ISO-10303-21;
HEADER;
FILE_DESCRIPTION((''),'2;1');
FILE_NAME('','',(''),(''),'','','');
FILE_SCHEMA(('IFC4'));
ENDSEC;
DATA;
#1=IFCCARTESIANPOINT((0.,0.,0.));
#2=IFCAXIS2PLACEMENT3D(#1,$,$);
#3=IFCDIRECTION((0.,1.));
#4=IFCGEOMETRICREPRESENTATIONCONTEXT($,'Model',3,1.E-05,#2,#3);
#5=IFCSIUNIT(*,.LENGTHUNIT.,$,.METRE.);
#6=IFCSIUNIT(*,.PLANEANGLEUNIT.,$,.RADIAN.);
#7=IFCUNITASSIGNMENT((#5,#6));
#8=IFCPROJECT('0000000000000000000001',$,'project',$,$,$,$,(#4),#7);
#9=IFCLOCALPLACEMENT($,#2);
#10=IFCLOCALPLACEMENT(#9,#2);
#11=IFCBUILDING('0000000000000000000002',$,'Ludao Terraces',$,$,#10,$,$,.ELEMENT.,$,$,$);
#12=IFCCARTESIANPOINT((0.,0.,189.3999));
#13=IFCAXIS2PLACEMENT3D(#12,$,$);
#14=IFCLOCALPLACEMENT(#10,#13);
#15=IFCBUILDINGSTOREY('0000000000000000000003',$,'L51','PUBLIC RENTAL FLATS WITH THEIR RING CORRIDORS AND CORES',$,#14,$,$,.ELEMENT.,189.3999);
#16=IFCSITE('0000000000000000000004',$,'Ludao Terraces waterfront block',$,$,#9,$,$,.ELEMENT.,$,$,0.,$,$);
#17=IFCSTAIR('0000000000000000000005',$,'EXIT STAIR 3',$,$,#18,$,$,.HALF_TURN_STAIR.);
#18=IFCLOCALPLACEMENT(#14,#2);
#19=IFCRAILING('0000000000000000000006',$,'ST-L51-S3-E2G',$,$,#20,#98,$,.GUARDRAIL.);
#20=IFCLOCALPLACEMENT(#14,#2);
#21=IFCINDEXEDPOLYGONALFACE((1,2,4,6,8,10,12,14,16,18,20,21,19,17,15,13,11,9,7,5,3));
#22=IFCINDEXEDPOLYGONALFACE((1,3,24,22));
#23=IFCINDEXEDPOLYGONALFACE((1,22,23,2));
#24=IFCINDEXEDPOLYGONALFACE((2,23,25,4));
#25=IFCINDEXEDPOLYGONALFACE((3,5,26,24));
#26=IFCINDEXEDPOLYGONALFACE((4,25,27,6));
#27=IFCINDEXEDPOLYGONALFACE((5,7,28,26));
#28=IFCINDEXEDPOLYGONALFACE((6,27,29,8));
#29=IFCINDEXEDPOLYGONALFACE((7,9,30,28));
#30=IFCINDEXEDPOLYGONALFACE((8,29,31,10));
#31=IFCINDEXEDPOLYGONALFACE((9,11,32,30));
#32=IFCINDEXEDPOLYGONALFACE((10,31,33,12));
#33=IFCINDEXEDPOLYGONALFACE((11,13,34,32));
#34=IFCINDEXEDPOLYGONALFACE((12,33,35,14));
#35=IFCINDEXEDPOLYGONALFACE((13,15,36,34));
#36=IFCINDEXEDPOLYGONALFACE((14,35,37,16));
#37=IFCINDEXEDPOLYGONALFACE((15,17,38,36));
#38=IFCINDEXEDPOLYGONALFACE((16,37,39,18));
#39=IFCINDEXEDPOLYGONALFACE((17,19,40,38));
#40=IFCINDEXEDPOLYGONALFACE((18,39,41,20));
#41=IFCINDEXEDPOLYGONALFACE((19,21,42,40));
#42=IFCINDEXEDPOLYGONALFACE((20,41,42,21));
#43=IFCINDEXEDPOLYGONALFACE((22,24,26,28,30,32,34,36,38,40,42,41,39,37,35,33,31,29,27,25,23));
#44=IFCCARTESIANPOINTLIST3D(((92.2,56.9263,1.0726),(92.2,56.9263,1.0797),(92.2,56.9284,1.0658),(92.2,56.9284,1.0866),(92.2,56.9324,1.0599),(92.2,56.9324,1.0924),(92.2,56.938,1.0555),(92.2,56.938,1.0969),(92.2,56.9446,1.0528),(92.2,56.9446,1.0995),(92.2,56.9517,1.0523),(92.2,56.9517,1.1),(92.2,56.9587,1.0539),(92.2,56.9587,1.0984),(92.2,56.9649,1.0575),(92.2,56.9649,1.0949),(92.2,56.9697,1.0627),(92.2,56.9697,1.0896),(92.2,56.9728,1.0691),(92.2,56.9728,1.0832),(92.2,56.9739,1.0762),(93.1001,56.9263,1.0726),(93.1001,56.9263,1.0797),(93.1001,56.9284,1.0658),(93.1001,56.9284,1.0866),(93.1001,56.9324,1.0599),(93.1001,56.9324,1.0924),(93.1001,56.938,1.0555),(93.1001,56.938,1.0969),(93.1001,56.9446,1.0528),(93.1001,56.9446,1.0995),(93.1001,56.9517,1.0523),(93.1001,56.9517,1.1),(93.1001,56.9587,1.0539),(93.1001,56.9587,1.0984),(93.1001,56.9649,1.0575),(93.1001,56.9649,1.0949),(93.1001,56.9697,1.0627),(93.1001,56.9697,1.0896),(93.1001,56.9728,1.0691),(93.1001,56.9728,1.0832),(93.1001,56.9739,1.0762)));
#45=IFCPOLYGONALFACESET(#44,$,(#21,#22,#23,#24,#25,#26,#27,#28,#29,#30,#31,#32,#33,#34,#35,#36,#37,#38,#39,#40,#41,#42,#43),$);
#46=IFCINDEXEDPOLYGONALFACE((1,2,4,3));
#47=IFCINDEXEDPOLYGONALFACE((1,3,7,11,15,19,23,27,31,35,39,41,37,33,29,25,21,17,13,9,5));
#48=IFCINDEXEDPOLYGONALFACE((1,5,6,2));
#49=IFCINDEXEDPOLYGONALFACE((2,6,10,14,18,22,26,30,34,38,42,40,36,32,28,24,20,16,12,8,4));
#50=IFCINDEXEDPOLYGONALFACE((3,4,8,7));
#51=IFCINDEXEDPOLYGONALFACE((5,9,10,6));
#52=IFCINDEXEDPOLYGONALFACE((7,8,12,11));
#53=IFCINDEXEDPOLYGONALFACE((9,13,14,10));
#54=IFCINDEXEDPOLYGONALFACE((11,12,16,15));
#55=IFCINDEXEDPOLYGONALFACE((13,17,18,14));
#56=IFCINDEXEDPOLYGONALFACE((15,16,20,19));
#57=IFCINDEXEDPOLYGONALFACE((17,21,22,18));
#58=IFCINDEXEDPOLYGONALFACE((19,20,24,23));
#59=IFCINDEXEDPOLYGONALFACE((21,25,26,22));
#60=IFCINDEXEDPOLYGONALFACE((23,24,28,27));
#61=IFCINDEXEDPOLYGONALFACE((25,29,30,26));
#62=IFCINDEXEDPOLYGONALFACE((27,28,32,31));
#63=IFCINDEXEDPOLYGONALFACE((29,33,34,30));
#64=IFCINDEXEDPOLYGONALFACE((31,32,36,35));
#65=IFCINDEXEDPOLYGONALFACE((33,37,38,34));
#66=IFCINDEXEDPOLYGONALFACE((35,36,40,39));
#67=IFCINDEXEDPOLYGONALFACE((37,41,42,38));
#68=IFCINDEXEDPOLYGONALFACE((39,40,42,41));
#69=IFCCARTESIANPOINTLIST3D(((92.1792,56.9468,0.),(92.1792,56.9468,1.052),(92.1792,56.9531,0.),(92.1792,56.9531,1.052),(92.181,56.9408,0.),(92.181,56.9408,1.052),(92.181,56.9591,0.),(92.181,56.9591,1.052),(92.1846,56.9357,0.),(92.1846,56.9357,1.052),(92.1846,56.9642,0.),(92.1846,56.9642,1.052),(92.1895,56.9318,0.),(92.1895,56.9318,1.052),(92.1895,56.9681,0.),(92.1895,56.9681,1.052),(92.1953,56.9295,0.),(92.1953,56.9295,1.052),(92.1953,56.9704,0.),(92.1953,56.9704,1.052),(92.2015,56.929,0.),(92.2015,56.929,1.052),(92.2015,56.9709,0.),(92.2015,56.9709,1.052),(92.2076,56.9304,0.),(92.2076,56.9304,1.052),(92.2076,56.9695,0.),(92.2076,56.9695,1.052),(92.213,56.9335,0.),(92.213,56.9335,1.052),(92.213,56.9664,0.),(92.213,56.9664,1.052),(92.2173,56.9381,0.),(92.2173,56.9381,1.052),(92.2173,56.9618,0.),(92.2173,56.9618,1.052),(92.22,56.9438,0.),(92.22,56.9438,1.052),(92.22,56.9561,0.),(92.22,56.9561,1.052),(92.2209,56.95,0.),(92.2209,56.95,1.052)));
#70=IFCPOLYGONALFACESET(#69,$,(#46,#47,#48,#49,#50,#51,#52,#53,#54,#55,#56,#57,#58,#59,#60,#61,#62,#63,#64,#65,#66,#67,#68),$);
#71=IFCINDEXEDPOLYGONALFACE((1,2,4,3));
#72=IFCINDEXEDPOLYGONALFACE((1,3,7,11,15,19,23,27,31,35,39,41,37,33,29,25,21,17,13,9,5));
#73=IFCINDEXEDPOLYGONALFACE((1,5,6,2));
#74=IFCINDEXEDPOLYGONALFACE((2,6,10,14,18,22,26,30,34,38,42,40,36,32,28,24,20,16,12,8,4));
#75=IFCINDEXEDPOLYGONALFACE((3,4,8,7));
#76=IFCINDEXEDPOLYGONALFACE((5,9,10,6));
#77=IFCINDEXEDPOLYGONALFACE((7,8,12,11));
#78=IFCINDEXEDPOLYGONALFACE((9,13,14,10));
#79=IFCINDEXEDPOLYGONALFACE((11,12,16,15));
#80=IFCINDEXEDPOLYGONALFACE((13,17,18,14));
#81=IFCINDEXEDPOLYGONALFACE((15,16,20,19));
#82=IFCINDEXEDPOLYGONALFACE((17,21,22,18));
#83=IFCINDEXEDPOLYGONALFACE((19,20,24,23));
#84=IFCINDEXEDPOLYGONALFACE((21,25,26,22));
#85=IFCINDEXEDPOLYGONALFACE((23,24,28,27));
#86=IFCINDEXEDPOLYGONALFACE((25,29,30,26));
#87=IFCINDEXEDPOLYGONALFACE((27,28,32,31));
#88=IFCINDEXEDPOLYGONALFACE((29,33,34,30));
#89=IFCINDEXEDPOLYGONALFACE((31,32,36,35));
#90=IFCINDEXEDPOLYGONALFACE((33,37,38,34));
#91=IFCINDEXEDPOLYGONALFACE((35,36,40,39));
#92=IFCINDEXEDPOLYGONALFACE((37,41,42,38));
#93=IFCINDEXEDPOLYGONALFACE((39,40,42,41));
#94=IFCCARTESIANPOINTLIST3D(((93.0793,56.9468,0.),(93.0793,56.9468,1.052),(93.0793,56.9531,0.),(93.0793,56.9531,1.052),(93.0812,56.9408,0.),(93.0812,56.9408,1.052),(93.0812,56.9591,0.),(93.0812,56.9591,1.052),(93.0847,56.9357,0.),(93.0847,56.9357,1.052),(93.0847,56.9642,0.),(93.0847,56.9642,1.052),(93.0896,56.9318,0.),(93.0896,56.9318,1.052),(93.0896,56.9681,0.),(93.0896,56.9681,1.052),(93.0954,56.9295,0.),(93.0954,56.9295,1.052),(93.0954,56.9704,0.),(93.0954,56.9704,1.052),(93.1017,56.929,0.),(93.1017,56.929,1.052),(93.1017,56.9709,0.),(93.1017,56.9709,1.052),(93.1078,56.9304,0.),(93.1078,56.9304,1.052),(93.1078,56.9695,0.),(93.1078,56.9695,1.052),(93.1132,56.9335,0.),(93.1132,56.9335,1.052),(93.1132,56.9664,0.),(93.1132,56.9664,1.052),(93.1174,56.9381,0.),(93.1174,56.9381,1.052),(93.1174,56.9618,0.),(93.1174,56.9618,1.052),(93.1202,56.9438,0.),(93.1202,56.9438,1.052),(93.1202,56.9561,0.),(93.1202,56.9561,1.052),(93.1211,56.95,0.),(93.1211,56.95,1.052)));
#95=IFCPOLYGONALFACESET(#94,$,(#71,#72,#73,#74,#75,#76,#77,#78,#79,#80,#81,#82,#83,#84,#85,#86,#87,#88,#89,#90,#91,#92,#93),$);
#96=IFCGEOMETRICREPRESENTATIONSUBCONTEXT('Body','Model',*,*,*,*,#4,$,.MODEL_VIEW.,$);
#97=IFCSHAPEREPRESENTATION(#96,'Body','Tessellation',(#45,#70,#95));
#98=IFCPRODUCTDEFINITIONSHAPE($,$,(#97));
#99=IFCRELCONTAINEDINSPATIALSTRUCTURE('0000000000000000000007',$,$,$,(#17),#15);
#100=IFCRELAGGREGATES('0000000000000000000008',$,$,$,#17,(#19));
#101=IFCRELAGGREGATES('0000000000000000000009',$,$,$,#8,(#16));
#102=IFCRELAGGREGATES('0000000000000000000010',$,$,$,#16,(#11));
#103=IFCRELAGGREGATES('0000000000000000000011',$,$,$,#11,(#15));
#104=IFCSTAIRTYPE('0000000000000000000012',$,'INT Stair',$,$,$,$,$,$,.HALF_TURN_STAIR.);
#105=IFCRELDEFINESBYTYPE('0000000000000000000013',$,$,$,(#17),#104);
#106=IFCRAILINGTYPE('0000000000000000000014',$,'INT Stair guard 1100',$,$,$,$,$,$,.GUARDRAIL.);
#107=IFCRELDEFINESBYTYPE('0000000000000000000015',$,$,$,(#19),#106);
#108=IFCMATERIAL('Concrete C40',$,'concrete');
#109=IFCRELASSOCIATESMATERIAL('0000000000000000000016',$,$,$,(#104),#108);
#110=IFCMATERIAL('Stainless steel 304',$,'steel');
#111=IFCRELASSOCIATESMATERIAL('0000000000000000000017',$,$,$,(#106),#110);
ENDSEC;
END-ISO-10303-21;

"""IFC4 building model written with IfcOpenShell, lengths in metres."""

from ifc_helpers import new_model, si_unit, direction, frame, origin, origin_2d, place, context, subcontext, project, spatial, circle, extrude, material, type_object, element, aggregate, save


model = new_model("IFC4")

# Units and contexts
model_context = context("Model", 3, precision=1e-05, world=origin(), true_north=direction((0.0, 1.0)))
body_context = subcontext(model_context, "Body", "Model", "MODEL_VIEW")
ifc_project = project(units=[si_unit("LENGTHUNIT", "METRE"), si_unit("PLANEANGLEUNIT", "RADIAN")], contexts=[model_context])

# Site, building, storey
site_placement = place(None, origin())
site = spatial("IfcSite", under=ifc_project, at=site_placement, Name="Ludao Terraces waterfront block", CompositionType="ELEMENT", RefElevation=0.0)
building_placement = place(site_placement, origin())
building = spatial("IfcBuilding", under=site, at=building_placement, Name="Ludao Terraces", CompositionType="ELEMENT")
storey_placement = place(building_placement, frame((0.0, 0.0, 189.3999)))
storey = spatial("IfcBuildingStorey", under=building, at=storey_placement, Name="L51", Description="PUBLIC RENTAL FLATS WITH THEIR RING CORRIDORS AND CORES", CompositionType="ELEMENT", Elevation=189.3999)

# Shared definitions
ifc_material_1 = material(Name="Concrete C40", Category="concrete")

# Stair, railing
stair_type = type_object("IfcStairType", Name="INT Stair", PredefinedType="HALF_TURN_STAIR", material=ifc_material_1)
stair_placement = place(storey_placement, origin())
stair = element("IfcStair", 1, at=stair_placement, inside=storey, type_object=stair_type, Name="EXIT STAIR 3", PredefinedType="HALF_TURN_STAIR")
ifc_material_2 = material(Name="Stainless steel 304", Category="steel")
railing_type_1 = type_object("IfcRailingType", Name="INT Stair guard 1100", PredefinedType="GUARDRAIL", material=ifc_material_2)
railing_1_placement = place(storey_placement, frame((92.2, 56.95, 0.0)))
railing_1 = element("IfcRailing", 2, at=railing_1_placement, type_object=railing_type_1, Name="ST-L51-S3-E2G", PredefinedType="GUARDRAIL", context=body_context, shape_type="SweptSolid", body=[
    extrude(circle(Radius=0.0239, at=origin_2d()), frame((0.0, 0.0, 1.0762), z_axis=(1.0, 0.0, 0.0), x_axis=(0.0, 1.0, 0.0)), (0.0, 0.0, 1.0), 0.9001),
    extrude(circle(Radius=0.021, at=origin_2d()), origin(), (0.0, 0.0, 1.0), 1.052),
    extrude(circle(Radius=0.021, at=origin_2d()), frame((0.9001, 0.0, 0.0)), (0.0, 0.0, 1.0), 1.052),
])
aggregate(stair, [railing_1])

save(model, "model.ifc")
